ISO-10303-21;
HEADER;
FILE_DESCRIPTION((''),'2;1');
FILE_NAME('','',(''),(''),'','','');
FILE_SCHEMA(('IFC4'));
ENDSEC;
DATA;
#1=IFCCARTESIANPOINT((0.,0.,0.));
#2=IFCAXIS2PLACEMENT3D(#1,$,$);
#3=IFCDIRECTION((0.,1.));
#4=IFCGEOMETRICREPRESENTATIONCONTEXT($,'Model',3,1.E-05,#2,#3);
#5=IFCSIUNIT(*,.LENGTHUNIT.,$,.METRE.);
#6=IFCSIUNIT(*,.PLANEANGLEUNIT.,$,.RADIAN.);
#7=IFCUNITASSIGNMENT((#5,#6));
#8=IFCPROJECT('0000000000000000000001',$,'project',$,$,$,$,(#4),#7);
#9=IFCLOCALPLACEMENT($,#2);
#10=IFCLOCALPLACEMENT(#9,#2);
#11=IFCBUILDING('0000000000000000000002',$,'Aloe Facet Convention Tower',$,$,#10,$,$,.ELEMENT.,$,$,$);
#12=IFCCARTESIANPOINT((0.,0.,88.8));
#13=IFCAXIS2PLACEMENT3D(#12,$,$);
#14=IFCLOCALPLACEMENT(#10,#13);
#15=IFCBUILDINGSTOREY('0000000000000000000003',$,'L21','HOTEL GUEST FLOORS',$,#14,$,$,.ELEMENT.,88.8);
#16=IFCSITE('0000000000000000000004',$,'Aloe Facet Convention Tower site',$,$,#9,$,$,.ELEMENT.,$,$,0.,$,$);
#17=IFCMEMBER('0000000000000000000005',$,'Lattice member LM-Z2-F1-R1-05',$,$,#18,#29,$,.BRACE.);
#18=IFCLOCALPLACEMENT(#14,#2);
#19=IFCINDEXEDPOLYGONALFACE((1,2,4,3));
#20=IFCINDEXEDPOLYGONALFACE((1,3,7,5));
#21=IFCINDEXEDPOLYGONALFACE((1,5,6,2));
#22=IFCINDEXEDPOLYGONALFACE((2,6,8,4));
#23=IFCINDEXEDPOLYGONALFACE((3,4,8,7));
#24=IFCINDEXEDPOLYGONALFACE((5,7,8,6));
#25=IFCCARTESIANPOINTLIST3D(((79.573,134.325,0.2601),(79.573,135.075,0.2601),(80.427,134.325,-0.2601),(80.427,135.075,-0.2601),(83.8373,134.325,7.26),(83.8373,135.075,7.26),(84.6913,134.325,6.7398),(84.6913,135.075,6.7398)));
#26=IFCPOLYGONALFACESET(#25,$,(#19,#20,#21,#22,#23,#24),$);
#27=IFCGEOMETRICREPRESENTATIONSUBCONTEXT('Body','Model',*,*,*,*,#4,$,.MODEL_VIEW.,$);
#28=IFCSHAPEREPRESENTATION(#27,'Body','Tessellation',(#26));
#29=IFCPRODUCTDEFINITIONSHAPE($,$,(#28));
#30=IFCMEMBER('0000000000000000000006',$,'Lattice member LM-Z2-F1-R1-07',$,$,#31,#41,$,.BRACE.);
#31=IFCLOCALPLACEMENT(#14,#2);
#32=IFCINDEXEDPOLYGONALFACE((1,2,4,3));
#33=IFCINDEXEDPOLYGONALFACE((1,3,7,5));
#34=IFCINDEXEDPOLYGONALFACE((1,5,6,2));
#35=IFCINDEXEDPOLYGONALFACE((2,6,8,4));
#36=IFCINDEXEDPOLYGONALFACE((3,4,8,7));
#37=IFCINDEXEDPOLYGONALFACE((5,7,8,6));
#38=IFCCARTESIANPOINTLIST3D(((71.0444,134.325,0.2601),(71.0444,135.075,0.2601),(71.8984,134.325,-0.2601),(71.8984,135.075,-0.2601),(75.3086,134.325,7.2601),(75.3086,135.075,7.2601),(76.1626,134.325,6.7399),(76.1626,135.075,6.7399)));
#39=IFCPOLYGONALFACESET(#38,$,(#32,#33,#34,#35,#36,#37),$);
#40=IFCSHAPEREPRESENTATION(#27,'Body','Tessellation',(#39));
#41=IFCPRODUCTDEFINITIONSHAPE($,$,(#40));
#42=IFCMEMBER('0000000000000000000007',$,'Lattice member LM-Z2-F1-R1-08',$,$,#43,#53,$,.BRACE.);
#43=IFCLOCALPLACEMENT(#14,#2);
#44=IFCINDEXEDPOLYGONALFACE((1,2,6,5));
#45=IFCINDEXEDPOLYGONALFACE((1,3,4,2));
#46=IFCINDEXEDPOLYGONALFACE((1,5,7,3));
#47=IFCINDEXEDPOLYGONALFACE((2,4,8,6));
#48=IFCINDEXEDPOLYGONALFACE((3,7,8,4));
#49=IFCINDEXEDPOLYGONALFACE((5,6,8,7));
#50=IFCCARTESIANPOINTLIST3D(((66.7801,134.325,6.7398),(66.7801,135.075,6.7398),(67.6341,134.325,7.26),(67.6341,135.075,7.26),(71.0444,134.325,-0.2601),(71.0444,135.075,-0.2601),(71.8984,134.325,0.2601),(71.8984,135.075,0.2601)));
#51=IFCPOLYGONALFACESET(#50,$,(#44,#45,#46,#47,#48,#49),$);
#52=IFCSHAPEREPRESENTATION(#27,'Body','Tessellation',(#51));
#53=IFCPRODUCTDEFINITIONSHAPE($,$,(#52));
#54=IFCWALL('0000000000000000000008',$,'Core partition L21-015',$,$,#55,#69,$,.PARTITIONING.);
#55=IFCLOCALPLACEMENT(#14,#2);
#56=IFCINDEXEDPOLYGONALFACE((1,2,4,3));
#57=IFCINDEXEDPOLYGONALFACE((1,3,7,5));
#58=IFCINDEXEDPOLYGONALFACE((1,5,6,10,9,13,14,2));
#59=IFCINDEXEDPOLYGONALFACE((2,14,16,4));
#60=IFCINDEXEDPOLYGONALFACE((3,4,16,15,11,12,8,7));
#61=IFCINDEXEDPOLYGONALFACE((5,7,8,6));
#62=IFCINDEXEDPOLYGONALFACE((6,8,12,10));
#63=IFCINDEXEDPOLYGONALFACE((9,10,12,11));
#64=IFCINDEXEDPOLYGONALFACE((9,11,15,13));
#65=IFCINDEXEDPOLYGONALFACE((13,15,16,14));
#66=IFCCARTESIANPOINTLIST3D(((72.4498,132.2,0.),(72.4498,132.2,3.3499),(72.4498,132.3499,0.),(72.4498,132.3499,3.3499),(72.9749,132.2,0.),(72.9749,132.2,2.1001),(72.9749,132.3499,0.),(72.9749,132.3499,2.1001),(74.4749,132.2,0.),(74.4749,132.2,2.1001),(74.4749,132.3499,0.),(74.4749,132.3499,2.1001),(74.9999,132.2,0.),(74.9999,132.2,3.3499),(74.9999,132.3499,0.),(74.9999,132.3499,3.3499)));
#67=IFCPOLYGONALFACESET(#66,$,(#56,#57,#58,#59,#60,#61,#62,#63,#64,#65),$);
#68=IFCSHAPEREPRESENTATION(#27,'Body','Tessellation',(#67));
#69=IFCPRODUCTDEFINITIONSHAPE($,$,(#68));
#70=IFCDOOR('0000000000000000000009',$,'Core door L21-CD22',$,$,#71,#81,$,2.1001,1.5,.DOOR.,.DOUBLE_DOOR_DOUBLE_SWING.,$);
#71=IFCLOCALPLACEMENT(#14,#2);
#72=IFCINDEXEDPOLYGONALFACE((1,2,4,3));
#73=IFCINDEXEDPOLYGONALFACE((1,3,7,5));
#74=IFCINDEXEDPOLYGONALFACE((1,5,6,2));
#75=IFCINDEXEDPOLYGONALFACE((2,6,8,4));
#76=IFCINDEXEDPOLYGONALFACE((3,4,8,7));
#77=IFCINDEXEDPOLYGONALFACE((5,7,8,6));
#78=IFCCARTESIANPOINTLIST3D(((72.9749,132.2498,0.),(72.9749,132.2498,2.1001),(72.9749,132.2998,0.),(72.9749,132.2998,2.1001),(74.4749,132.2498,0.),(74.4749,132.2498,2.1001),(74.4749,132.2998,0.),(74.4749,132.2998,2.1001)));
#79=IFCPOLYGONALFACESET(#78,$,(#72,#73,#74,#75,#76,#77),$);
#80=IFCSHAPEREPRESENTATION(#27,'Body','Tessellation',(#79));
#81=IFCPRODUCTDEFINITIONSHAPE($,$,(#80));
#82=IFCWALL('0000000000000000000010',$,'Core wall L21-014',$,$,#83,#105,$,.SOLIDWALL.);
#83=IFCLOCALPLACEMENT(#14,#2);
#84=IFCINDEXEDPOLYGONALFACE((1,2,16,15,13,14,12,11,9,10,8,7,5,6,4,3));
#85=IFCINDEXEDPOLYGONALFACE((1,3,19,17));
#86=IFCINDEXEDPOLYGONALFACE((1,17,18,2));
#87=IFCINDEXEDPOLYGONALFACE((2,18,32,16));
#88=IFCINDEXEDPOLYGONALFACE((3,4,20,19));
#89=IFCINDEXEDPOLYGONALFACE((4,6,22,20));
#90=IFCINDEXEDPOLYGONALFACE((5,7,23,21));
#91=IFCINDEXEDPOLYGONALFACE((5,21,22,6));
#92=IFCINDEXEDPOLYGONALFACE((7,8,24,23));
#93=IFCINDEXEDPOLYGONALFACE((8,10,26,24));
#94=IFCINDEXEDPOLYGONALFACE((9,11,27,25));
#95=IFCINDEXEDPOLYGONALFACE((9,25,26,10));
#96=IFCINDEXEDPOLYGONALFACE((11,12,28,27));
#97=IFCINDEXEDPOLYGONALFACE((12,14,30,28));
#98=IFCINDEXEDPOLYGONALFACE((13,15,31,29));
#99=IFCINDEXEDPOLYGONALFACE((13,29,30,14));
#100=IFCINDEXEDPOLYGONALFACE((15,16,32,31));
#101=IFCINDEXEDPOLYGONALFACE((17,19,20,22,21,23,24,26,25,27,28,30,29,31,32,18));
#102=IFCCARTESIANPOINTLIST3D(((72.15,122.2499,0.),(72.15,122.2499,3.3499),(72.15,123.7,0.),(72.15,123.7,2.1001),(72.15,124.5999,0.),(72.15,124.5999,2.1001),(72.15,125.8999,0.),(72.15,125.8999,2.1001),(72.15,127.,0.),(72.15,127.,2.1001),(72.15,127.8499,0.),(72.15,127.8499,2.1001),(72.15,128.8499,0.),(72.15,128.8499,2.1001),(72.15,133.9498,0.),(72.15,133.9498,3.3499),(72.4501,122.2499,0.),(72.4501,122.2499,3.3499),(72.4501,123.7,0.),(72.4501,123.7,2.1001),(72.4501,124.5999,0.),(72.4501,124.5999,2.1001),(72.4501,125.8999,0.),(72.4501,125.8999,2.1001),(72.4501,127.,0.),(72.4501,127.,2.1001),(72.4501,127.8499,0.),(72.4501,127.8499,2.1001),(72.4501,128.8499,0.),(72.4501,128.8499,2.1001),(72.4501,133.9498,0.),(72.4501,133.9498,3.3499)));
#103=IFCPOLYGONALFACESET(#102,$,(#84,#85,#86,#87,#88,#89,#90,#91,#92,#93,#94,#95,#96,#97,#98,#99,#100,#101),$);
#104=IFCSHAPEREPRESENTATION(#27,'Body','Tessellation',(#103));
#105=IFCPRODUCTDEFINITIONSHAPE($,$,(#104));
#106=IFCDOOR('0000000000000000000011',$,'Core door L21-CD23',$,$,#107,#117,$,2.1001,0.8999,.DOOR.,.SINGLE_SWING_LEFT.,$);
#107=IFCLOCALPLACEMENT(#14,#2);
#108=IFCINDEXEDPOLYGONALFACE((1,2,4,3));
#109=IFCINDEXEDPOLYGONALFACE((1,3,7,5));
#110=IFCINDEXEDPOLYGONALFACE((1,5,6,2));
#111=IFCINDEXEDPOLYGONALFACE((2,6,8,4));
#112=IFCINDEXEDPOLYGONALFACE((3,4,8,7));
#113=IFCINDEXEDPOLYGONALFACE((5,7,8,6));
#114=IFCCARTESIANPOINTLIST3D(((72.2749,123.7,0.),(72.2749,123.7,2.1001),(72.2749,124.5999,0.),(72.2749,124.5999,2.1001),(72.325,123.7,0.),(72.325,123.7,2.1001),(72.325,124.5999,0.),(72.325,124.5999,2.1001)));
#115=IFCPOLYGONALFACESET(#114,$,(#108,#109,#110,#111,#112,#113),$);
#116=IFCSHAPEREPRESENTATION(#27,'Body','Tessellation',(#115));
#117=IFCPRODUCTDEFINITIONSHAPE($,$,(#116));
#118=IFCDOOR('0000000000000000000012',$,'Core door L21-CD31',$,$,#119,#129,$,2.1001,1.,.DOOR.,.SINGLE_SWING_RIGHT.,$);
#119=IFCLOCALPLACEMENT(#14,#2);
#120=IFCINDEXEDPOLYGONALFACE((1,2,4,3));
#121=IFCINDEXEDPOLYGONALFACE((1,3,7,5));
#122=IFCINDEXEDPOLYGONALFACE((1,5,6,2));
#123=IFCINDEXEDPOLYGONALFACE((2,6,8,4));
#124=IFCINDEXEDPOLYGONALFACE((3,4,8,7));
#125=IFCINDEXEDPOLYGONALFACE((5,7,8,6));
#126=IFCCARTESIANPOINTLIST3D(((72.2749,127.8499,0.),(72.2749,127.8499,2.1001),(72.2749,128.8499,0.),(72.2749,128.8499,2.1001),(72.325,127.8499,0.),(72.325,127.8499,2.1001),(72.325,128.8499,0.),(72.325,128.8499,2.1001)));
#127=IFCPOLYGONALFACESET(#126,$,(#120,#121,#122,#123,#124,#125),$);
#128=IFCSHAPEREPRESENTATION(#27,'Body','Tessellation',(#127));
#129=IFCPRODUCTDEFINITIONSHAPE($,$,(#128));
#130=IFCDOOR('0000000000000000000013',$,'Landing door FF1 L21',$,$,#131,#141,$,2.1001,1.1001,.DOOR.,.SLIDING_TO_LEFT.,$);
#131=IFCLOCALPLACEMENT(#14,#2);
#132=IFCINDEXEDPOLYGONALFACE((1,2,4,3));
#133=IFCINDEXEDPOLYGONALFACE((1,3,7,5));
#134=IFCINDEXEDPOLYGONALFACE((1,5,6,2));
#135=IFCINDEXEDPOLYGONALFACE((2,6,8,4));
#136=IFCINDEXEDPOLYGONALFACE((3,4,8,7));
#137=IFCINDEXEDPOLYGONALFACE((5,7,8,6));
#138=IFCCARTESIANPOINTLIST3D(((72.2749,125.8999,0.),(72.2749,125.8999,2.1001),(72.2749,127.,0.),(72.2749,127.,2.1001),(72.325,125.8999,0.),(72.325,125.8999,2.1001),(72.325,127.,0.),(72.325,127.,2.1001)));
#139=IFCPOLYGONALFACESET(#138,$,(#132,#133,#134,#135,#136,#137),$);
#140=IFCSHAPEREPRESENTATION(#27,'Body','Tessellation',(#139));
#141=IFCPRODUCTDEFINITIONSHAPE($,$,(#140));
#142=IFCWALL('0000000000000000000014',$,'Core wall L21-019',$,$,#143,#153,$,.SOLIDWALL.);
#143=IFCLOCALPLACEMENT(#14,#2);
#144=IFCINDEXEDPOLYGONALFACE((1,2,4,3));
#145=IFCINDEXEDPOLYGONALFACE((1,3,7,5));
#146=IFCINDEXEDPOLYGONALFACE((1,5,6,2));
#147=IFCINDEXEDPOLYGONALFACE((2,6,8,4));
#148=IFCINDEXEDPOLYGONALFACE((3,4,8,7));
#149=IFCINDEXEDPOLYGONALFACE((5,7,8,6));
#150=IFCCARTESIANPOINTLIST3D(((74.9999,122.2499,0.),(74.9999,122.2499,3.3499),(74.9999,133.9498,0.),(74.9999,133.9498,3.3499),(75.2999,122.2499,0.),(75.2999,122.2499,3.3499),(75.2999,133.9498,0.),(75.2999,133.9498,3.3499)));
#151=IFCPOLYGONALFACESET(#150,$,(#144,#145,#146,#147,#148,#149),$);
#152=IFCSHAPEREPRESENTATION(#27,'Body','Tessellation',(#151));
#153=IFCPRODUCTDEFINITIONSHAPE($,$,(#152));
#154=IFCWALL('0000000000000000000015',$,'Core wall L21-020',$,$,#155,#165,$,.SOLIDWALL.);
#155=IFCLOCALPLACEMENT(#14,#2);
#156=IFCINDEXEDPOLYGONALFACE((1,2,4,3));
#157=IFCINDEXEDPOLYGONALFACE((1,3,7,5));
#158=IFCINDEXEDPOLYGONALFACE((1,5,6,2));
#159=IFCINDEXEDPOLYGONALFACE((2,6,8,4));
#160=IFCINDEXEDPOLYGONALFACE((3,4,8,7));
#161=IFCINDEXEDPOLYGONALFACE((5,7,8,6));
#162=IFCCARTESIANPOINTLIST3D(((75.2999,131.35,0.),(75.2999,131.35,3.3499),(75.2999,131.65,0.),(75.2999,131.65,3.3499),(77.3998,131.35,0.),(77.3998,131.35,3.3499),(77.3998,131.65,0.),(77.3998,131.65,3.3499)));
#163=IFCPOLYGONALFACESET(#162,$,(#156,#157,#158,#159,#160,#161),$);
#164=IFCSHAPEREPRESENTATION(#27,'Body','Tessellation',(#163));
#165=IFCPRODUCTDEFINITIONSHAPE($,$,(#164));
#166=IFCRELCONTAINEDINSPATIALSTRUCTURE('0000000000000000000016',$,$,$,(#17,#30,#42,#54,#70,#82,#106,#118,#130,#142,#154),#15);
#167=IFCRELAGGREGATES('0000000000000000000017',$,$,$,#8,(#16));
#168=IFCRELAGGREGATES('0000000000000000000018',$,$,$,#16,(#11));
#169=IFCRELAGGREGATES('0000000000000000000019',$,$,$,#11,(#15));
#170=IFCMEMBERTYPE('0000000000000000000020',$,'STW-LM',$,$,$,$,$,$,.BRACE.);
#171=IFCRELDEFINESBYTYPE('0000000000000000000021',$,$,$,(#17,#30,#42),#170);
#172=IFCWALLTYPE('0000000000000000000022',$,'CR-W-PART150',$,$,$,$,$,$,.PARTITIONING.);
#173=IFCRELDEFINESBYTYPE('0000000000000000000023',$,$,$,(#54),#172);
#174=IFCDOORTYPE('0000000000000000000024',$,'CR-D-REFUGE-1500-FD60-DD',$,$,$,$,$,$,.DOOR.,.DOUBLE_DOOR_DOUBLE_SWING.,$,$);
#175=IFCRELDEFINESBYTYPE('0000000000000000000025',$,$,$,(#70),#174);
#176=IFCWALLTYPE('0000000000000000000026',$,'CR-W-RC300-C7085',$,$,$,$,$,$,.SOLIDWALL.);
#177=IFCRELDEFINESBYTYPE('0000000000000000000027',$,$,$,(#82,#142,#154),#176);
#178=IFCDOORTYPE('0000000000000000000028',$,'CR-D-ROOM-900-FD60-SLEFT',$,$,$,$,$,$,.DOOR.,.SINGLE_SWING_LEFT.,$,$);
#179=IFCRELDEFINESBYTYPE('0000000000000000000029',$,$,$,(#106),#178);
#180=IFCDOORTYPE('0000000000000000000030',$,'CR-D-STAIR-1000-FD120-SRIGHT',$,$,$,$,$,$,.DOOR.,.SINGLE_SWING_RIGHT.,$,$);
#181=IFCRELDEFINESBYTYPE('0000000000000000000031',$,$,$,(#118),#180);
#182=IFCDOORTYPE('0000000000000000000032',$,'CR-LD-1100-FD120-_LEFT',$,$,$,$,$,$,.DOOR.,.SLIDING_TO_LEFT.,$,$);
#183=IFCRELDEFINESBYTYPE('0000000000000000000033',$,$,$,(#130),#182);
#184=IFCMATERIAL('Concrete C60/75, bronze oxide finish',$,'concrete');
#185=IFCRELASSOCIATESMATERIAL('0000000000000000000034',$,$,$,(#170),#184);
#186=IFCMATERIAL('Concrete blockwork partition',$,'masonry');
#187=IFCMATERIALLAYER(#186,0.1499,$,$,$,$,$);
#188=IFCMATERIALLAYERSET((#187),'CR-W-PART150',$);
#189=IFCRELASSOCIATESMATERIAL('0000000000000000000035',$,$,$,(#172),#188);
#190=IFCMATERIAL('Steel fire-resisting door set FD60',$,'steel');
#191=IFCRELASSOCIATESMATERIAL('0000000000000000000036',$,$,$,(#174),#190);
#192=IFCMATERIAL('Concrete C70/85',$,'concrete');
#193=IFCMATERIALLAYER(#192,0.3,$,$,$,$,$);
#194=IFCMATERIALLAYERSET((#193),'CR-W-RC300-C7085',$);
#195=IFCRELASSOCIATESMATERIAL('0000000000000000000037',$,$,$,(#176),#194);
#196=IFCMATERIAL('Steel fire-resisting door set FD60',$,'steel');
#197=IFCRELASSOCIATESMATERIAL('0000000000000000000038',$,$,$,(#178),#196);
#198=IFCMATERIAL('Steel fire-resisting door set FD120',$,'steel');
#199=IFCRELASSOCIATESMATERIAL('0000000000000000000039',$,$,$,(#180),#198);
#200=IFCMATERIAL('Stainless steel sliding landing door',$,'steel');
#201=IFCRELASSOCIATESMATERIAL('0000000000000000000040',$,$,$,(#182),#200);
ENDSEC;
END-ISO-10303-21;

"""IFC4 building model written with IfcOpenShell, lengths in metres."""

from ifc_helpers import new_model, si_unit, direction, frame, frame_2d, origin, origin_2d, place, context, subcontext, project, spatial, rectangle, extrude, material, layer, layer_set, material_profile, profile_set, type_object, element, fill, save


model = new_model("IFC4")

# Units and contexts
model_context = context("Model", 3, precision=1e-05, world=origin(), true_north=direction((0.0, 1.0)))
body_context = subcontext(model_context, "Body", "Model", "MODEL_VIEW")
ifc_project = project(units=[si_unit("LENGTHUNIT", "METRE"), si_unit("PLANEANGLEUNIT", "RADIAN")], contexts=[model_context])

# Site, building, storey
site_placement = place(None, origin())
site = spatial("IfcSite", under=ifc_project, at=site_placement, Name="Aloe Facet Convention Tower site", CompositionType="ELEMENT", RefElevation=0.0)
building_placement = place(site_placement, origin())
building = spatial("IfcBuilding", under=site, at=building_placement, Name="Aloe Facet Convention Tower", CompositionType="ELEMENT")
storey_placement = place(building_placement, frame((0.0, 0.0, 88.8)))
storey = spatial("IfcBuildingStorey", under=building, at=storey_placement, Name="L21", Description="HOTEL GUEST FLOORS", CompositionType="ELEMENT", Elevation=88.8)

# Members
ifc_material_1 = material(Name="Concrete C60/75, bronze oxide finish", Category="concrete")
ifc_material_profile = material_profile(ifc_material_1, rectangle(XDim=0.75, YDim=1.0, at=origin_2d()), Name="STW-LM")
ifc_profile_set = profile_set([ifc_material_profile], Name="Concrete C60/75, bronze oxide finish")
member_type = type_object("IfcMemberType", Name="STW-LM", PredefinedType="BRACE", material=ifc_profile_set)
for number, where, z_axis, x_axis, name in (
    (1, (80.0, 134.7, 0.0), (0.520262, 0.0, 0.854007), (0.0, 1.0, 0.0), "Lattice member LM-Z2-F1-R1-05"),
    (2, (71.4714, 134.7, 0.0), (0.52024, 0.0, 0.85402), (0.0, 1.0, 0.0), "Lattice member LM-Z2-F1-R1-07"),
    (3, (71.4714, 134.7, 0.0), (-0.520262, 0.0, 0.854007), (0.0, -1.0, 0.0), "Lattice member LM-Z2-F1-R1-08"),
):
    element("IfcMember", number, at=place(storey_placement, frame(where, z_axis=z_axis, x_axis=x_axis)), inside=storey, type_object=member_type, Name=name, PredefinedType="BRACE", context=body_context, shape_type="SweptSolid", body=[
        extrude(rectangle(XDim=0.75, YDim=1.0, at=origin_2d()), origin(), (0.0, 0.0, 1.0), 8.1965),
    ])

# Wall, opening, door
ifc_material_2 = material(Name="Concrete blockwork partition", Category="masonry")
ifc_layer_1 = layer(ifc_material_2, 0.1499)
ifc_layer_set_1 = layer_set([ifc_layer_1], Name="CR-W-PART150")
wall_type_1 = type_object("IfcWallType", Name="CR-W-PART150", PredefinedType="PARTITIONING", material=ifc_layer_set_1)
wall_1_placement = place(storey_placement, frame((72.45, 132.2749, 0.0), z_axis=(0.0, 0.0, 1.0), x_axis=(1.0, 0.0, 0.0)))
wall_1 = element("IfcWall", 4, at=wall_1_placement, inside=storey, type_object=wall_type_1, Name="Core partition L21-015", PredefinedType="PARTITIONING", context=body_context, shape_type="SweptSolid", body=[
    extrude(rectangle(XDim=2.55, YDim=0.1499, at=frame_2d((1.2749, 0.0))), origin(), (0.0, 0.0, 1.0), 3.3499),
])
opening_1_placement = place(wall_1_placement, frame((0.5249, 0.0, 0.0)))
opening_1 = element("IfcOpeningElement", 5, at=opening_1_placement, cuts=wall_1, PredefinedType="OPENING", context=body_context, shape_type="SweptSolid", body=[
    extrude(rectangle(XDim=1.5, YDim=2.1001, at=frame_2d((0.75, 1.05))), frame((0.0, 0.085, 0.0), z_axis=(0.0, -1.0, 0.0), x_axis=(1.0, 0.0, 0.0)), (0.0, 0.0, 1.0), 0.1699),
])
ifc_material_3 = material(Name="Steel fire-resisting door set FD60", Category="steel")
door_type_1 = type_object("IfcDoorType", Name="CR-D-REFUGE-1500-FD60-DD", OperationType="DOUBLE_DOOR_DOUBLE_SWING", PredefinedType="DOOR", material=ifc_material_3)
door_1_placement = place(opening_1_placement, origin())
door_1 = element("IfcDoor", 6, at=door_1_placement, inside=storey, type_object=door_type_1, Name="Core door L21-CD22", OperationType="DOUBLE_DOOR_DOUBLE_SWING", OverallHeight=2.1001, OverallWidth=1.5, PredefinedType="DOOR", context=body_context, shape_type="SweptSolid", body=[
    extrude(rectangle(XDim=1.5, YDim=2.1001, at=frame_2d((0.75, 1.05))), frame((0.0, 0.0249, 0.0), z_axis=(0.0, -1.0, 0.0), x_axis=(1.0, 0.0, 0.0)), (0.0, 0.0, 1.0), 0.05),
])
fill(opening_1, door_1)

# Wall, openings, doors
ifc_material_4 = material(Name="Concrete C70/85", Category="concrete")
ifc_layer_2 = layer(ifc_material_4, 0.3)
ifc_layer_set_2 = layer_set([ifc_layer_2], Name="CR-W-RC300-C7085")
wall_type_2 = type_object("IfcWallType", Name="CR-W-RC300-C7085", PredefinedType="SOLIDWALL", material=ifc_layer_set_2)
wall_2_placement = place(storey_placement, frame((72.3, 133.95, 0.0), z_axis=(0.0, 0.0, 1.0), x_axis=(0.0, -1.0, 0.0)))
wall_2 = element("IfcWall", 7, at=wall_2_placement, inside=storey, type_object=wall_type_2, Name="Core wall L21-014", PredefinedType="SOLIDWALL", context=body_context, shape_type="SweptSolid", body=[
    extrude(rectangle(XDim=11.7, YDim=0.3, at=frame_2d((5.8501, 0.0))), origin(), (0.0, 0.0, 1.0), 3.3499),
])
opening_2_placement = place(wall_2_placement, frame((6.95, 0.0, 0.0)))
opening_2 = element("IfcOpeningElement", 8, at=opening_2_placement, cuts=wall_2, PredefinedType="OPENING", context=body_context, shape_type="SweptSolid", body=[
    extrude(rectangle(XDim=1.1001, YDim=2.1001, at=frame_2d((0.55, 1.05))), frame((0.0, 0.1602, 0.0), z_axis=(0.0, -1.0, 0.0), x_axis=(1.0, 0.0, 0.0)), (0.0, 0.0, 1.0), 0.3201),
])
opening_3_placement = place(wall_2_placement, frame((9.3501, 0.0, 0.0)))
opening_3 = element("IfcOpeningElement", 9, at=opening_3_placement, cuts=wall_2, PredefinedType="OPENING", context=body_context, shape_type="SweptSolid", body=[
    extrude(rectangle(XDim=0.8999, YDim=2.1001, at=frame_2d((0.45, 1.05))), frame((0.0, 0.1602, 0.0), z_axis=(0.0, -1.0, 0.0), x_axis=(1.0, 0.0, 0.0)), (0.0, 0.0, 1.0), 0.3201),
])
opening_4_placement = place(wall_2_placement, frame((5.1001, 0.0, 0.0)))
opening_4 = element("IfcOpeningElement", 10, at=opening_4_placement, cuts=wall_2, PredefinedType="OPENING", context=body_context, shape_type="SweptSolid", body=[
    extrude(rectangle(XDim=1.0, YDim=2.1001, at=frame_2d((0.5, 1.05))), frame((0.0, 0.1602, 0.0), z_axis=(0.0, -1.0, 0.0), x_axis=(1.0, 0.0, 0.0)), (0.0, 0.0, 1.0), 0.3201),
])
ifc_material_5 = material(Name="Steel fire-resisting door set FD60", Category="steel")
door_type_2 = type_object("IfcDoorType", Name="CR-D-ROOM-900-FD60-SLEFT", OperationType="SINGLE_SWING_LEFT", PredefinedType="DOOR", material=ifc_material_5)
door_2_placement = place(opening_3_placement, origin())
door_2 = element("IfcDoor", 11, at=door_2_placement, inside=storey, type_object=door_type_2, Name="Core door L21-CD23", OperationType="SINGLE_SWING_LEFT", OverallHeight=2.1001, OverallWidth=0.8999, PredefinedType="DOOR", context=body_context, shape_type="SweptSolid", body=[
    extrude(rectangle(XDim=0.8999, YDim=2.1001, at=frame_2d((0.45, 1.05))), frame((0.0, 0.0249, 0.0), z_axis=(0.0, -1.0, 0.0), x_axis=(1.0, 0.0, 0.0)), (0.0, 0.0, 1.0), 0.05),
])
fill(opening_3, door_2)
ifc_material_6 = material(Name="Steel fire-resisting door set FD120", Category="steel")
door_type_3 = type_object("IfcDoorType", Name="CR-D-STAIR-1000-FD120-SRIGHT", OperationType="SINGLE_SWING_RIGHT", PredefinedType="DOOR", material=ifc_material_6)
door_3_placement = place(opening_4_placement, origin())
door_3 = element("IfcDoor", 12, at=door_3_placement, inside=storey, type_object=door_type_3, Name="Core door L21-CD31", OperationType="SINGLE_SWING_RIGHT", OverallHeight=2.1001, OverallWidth=1.0, PredefinedType="DOOR", context=body_context, shape_type="SweptSolid", body=[
    extrude(rectangle(XDim=1.0, YDim=2.1001, at=frame_2d((0.5, 1.05))), frame((0.0, 0.0249, 0.0), z_axis=(0.0, -1.0, 0.0), x_axis=(1.0, 0.0, 0.0)), (0.0, 0.0, 1.0), 0.05),
])
fill(opening_4, door_3)
ifc_material_7 = material(Name="Stainless steel sliding landing door", Category="steel")
door_type_4 = type_object("IfcDoorType", Name="CR-LD-1100-FD120-_LEFT", OperationType="SLIDING_TO_LEFT", PredefinedType="DOOR", material=ifc_material_7)
door_4_placement = place(opening_2_placement, origin())
door_4 = element("IfcDoor", 13, at=door_4_placement, inside=storey, type_object=door_type_4, Name="Landing door FF1 L21", OperationType="SLIDING_TO_LEFT", OverallHeight=2.1001, OverallWidth=1.1001, PredefinedType="DOOR", context=body_context, shape_type="SweptSolid", body=[
    extrude(rectangle(XDim=1.1001, YDim=2.1001, at=frame_2d((0.55, 1.05))), frame((0.0, 0.0249, 0.0), z_axis=(0.0, -1.0, 0.0), x_axis=(1.0, 0.0, 0.0)), (0.0, 0.0, 1.0), 0.05),
])
fill(opening_2, door_4)

# Walls
wall_3_placement = place(storey_placement, frame((75.1499, 133.95, 0.0), z_axis=(0.0, 0.0, 1.0), x_axis=(0.0, -1.0, 0.0)))
element("IfcWall", 14, at=wall_3_placement, inside=storey, type_object=wall_type_2, Name="Core wall L21-019", PredefinedType="SOLIDWALL", context=body_context, shape_type="SweptSolid", body=[
    extrude(rectangle(XDim=11.7, YDim=0.3, at=frame_2d((5.8501, 0.0))), origin(), (0.0, 0.0, 1.0), 3.3499),
])
wall_4_placement = place(storey_placement, frame((75.3, 131.5, 0.0), z_axis=(0.0, 0.0, 1.0), x_axis=(1.0, 0.0, 0.0)))
element("IfcWall", 15, at=wall_4_placement, inside=storey, type_object=wall_type_2, Name="Core wall L21-020", PredefinedType="SOLIDWALL", context=body_context, shape_type="SweptSolid", body=[
    extrude(rectangle(XDim=2.0999, YDim=0.3, at=frame_2d((1.0498, 0.0))), origin(), (0.0, 0.0, 1.0), 3.3499),
])

save(model, "model.ifc")
